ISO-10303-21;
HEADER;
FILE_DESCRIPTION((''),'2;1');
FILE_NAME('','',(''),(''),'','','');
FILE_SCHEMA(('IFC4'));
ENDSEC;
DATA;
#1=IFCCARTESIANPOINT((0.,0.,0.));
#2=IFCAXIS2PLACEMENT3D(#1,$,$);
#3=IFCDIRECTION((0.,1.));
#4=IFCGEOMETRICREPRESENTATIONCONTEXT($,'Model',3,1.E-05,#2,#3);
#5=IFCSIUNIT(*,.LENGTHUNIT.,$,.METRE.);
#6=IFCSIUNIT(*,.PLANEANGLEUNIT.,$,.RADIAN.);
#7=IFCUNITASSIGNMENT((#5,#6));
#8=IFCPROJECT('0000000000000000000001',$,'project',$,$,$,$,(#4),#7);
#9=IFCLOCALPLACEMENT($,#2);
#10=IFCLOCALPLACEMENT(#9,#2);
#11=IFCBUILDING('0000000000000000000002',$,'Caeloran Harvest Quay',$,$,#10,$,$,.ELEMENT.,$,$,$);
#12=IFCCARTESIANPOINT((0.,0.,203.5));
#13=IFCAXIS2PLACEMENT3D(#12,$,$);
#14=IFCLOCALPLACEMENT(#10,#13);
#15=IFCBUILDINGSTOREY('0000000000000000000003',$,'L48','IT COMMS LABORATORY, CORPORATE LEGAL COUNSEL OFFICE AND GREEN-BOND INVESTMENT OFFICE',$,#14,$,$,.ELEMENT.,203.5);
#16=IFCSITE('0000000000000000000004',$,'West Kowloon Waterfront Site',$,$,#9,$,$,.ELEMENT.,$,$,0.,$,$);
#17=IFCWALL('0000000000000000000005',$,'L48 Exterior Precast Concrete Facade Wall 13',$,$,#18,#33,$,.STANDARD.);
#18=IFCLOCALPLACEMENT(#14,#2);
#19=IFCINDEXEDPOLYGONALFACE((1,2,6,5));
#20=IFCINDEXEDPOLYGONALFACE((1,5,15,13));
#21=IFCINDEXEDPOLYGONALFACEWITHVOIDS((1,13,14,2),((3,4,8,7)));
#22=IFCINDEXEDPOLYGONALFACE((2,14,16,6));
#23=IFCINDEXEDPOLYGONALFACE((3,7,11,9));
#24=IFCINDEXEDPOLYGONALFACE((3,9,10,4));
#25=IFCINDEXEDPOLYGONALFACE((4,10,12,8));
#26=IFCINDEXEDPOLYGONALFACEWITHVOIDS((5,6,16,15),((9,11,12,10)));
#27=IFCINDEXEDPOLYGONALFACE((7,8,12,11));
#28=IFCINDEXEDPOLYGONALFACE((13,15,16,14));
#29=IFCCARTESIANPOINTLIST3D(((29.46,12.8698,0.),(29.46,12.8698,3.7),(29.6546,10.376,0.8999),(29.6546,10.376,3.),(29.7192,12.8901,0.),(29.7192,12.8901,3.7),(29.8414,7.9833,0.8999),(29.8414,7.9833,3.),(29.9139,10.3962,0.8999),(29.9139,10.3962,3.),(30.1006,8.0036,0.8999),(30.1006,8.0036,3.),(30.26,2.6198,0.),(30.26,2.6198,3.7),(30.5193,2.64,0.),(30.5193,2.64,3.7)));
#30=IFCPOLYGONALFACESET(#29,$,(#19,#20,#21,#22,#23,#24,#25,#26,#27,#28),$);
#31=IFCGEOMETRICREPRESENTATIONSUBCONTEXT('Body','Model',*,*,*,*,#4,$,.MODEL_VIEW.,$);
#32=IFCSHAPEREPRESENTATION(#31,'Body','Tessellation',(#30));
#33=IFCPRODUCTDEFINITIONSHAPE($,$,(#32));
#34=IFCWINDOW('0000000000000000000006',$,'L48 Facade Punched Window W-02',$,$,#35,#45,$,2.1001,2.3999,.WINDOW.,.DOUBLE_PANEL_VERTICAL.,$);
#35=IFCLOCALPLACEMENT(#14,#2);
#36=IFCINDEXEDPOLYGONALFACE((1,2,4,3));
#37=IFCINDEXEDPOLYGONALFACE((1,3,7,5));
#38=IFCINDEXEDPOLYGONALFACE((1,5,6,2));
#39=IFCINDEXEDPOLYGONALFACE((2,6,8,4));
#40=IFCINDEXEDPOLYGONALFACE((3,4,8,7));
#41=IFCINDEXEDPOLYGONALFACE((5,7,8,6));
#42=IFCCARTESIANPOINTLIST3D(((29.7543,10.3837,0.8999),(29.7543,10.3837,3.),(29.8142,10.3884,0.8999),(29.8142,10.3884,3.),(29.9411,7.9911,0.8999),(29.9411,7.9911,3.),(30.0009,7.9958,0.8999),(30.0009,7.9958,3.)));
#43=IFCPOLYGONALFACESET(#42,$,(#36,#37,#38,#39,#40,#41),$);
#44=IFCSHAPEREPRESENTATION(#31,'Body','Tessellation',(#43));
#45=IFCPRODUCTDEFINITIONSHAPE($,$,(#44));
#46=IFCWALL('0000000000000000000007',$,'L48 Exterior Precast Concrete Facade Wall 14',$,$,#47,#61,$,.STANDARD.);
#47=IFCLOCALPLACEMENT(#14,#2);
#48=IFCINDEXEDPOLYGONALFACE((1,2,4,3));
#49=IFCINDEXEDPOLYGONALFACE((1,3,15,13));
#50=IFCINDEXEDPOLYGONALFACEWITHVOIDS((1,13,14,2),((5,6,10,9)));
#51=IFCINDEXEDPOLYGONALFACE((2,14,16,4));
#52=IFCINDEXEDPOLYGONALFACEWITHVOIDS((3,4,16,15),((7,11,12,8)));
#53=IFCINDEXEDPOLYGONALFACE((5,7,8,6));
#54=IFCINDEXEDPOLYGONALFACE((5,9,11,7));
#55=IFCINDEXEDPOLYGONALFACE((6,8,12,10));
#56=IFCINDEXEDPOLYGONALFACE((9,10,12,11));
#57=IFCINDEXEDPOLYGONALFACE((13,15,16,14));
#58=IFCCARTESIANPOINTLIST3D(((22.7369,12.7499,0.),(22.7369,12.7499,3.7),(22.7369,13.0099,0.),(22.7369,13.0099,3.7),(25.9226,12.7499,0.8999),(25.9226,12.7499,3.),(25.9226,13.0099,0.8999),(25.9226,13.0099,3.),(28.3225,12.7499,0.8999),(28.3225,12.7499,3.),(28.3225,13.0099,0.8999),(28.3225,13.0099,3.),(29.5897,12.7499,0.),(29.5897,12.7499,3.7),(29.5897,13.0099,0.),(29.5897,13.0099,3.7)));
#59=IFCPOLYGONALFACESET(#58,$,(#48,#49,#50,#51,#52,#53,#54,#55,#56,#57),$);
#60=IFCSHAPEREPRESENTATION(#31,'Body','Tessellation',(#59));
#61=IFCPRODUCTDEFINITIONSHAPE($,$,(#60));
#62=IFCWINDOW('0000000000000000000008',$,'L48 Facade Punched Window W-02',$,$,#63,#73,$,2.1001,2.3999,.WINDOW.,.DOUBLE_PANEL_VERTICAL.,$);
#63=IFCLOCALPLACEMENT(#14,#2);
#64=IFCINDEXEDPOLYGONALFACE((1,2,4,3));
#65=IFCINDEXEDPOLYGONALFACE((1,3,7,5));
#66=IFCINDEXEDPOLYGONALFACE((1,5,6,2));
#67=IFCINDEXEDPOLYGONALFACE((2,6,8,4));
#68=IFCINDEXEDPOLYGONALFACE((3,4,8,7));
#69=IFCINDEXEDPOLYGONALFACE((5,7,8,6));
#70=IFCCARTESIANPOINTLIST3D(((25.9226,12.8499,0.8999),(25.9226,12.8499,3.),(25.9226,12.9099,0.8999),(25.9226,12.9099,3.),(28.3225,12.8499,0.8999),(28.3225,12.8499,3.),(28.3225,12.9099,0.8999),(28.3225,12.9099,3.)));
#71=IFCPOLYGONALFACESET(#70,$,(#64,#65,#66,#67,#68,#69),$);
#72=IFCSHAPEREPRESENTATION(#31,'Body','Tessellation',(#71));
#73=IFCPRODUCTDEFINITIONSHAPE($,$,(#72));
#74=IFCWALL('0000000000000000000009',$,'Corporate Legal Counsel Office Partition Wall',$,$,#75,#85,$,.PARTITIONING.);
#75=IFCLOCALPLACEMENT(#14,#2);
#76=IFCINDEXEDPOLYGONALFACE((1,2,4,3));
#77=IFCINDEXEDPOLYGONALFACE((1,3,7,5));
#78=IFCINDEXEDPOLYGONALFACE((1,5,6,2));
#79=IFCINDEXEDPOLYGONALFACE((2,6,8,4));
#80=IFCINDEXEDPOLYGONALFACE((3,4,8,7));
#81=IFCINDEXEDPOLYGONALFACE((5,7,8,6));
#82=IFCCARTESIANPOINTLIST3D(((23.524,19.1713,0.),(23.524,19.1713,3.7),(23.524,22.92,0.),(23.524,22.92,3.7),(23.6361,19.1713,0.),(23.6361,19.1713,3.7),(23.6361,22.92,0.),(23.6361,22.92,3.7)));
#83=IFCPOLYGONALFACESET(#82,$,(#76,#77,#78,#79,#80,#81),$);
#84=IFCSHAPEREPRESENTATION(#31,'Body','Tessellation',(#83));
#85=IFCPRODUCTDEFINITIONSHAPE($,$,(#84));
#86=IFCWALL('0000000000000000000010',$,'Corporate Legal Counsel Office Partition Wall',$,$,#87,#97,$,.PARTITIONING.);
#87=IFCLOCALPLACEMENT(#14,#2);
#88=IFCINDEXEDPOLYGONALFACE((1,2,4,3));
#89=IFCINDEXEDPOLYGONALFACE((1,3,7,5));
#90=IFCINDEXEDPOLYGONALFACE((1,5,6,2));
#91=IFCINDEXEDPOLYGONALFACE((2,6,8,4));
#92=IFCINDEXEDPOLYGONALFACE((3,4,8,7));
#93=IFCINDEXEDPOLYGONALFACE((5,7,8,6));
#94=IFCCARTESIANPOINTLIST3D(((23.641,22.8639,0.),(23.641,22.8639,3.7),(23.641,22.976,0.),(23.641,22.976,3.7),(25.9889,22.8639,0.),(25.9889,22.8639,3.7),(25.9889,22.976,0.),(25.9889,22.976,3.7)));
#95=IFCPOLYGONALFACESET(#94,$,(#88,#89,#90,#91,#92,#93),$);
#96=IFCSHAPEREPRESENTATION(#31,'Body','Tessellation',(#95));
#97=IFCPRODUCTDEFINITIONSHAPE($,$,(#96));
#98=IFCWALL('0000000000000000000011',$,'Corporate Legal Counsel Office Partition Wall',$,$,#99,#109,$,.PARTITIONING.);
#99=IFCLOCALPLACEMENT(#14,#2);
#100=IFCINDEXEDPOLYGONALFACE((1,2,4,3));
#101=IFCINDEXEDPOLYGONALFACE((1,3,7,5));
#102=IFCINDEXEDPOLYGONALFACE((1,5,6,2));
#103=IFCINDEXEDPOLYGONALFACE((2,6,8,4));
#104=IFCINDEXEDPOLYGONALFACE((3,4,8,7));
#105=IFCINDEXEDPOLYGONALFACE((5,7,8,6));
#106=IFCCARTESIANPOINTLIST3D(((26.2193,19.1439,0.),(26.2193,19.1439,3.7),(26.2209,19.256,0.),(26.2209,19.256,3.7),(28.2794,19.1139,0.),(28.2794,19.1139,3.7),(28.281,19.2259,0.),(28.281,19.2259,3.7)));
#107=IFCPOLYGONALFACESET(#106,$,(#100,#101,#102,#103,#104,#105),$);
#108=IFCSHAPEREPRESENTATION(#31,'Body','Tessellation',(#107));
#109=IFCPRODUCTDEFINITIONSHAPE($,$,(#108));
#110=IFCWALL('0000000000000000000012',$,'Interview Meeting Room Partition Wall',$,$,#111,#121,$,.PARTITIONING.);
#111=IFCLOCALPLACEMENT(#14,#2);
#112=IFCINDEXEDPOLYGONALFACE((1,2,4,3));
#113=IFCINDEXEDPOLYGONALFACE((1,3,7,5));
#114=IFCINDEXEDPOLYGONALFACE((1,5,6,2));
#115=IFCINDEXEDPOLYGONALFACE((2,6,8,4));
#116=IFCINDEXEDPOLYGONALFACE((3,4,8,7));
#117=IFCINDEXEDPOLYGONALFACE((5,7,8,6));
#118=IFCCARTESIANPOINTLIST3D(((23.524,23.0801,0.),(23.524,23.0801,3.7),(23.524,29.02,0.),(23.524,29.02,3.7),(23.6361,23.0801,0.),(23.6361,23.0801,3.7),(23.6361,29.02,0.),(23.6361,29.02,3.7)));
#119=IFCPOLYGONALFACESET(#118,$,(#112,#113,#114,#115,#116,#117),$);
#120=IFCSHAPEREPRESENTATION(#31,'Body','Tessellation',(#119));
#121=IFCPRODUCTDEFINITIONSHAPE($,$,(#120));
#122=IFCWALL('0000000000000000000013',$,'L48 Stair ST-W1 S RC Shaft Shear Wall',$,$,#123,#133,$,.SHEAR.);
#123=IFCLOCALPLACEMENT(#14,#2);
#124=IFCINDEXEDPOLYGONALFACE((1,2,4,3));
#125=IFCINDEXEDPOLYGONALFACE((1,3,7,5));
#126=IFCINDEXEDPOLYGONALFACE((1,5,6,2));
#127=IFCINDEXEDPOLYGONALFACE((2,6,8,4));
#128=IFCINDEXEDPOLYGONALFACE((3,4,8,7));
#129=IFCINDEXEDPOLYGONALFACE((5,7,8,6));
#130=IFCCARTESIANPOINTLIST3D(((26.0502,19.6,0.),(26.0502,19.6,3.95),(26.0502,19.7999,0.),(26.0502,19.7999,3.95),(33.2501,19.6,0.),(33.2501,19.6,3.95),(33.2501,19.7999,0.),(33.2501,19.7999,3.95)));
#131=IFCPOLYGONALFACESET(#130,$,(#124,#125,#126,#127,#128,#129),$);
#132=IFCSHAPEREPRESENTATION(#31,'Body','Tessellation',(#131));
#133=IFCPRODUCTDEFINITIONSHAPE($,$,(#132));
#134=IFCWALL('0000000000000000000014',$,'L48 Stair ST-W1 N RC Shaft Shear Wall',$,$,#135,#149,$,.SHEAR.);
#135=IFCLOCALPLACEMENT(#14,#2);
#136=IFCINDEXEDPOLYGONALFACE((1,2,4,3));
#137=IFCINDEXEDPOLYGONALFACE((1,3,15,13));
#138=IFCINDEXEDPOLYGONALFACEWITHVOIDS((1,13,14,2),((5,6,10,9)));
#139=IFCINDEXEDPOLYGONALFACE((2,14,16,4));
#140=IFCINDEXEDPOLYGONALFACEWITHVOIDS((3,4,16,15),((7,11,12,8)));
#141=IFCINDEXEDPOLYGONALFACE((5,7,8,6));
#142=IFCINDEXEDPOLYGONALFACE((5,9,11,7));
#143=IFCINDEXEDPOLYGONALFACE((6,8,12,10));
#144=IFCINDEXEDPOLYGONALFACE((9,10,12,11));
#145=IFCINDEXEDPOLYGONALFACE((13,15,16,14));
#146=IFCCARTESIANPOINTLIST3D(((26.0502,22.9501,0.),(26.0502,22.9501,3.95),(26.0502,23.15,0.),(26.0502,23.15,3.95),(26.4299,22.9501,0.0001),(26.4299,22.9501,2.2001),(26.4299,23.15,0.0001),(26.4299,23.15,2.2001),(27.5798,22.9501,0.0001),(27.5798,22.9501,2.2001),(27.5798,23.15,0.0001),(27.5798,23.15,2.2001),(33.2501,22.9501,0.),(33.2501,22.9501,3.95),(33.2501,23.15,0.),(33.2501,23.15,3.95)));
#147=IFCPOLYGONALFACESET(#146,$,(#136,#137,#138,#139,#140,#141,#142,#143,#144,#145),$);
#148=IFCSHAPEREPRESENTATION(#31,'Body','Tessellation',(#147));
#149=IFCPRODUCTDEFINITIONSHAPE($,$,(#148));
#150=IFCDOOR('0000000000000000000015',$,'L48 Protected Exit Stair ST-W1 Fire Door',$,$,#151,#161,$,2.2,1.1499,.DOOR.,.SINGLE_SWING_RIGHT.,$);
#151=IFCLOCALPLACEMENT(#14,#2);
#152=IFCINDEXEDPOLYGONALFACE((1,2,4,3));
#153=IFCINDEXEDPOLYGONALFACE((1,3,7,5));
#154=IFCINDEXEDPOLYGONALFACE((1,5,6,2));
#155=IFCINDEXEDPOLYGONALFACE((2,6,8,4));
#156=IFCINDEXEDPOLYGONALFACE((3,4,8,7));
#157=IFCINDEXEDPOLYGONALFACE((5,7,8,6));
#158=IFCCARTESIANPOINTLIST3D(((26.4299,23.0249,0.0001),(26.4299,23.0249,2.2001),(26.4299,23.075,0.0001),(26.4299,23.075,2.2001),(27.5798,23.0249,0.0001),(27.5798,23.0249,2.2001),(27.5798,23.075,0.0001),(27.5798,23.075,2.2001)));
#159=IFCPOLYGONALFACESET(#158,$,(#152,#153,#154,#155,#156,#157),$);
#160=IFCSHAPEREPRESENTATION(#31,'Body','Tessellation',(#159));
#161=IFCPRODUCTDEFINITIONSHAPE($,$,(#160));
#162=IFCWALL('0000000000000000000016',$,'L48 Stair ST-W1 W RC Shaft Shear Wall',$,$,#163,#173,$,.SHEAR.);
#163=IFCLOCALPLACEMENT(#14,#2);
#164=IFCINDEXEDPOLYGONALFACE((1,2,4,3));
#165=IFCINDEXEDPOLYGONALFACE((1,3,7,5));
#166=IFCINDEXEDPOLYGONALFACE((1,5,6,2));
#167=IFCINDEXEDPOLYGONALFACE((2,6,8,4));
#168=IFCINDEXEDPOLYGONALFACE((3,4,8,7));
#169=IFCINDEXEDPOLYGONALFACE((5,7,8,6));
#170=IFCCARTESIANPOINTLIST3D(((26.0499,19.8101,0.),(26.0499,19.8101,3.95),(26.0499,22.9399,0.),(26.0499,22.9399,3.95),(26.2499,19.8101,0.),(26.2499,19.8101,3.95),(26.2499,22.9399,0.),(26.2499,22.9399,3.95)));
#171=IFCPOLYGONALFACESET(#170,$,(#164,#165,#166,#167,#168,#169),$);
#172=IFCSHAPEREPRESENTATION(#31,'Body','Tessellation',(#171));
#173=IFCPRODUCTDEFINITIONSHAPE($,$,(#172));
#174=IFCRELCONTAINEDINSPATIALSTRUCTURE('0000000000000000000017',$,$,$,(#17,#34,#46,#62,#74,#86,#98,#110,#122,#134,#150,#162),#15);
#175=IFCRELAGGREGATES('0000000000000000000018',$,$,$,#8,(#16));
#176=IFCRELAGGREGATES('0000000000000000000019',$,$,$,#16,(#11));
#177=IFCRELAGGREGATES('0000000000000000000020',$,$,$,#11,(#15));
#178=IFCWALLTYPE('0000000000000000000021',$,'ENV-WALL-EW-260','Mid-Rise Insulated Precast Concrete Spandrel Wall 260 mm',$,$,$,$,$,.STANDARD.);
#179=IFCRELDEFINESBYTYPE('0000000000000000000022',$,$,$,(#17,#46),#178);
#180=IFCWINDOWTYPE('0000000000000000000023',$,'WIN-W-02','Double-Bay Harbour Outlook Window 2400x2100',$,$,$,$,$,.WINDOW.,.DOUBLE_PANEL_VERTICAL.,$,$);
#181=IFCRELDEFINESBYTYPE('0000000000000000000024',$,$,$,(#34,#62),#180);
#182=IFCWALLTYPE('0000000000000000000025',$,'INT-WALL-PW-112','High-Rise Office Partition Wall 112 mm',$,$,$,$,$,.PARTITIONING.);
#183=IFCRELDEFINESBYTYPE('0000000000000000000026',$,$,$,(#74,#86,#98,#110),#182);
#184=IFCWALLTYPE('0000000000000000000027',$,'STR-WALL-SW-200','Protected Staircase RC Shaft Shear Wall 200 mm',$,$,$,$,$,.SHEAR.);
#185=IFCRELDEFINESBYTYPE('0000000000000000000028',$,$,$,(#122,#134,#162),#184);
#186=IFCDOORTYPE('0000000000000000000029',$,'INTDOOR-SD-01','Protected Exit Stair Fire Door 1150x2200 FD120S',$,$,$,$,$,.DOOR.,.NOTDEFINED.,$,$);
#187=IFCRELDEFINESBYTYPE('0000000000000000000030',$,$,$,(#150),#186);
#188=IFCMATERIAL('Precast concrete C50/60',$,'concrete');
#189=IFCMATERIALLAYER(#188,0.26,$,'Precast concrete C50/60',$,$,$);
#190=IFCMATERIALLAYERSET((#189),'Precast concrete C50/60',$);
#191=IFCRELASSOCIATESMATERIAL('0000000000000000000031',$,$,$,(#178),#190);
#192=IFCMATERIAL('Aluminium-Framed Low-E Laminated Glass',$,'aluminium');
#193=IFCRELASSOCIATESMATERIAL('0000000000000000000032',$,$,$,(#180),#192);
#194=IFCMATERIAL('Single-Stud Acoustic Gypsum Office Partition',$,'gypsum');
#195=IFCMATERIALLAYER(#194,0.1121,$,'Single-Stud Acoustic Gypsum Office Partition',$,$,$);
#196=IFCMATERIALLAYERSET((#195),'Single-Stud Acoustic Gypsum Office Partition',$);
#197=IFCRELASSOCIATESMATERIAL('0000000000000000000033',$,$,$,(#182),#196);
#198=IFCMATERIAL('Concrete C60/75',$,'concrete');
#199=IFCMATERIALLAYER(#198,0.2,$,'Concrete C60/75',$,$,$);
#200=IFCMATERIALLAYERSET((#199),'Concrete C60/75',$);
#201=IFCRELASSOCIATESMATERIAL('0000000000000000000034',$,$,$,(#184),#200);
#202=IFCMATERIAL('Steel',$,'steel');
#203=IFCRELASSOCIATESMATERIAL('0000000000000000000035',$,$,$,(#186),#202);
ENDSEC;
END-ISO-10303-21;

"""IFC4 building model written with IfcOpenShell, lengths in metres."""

from ifc_helpers import new_model, si_unit, direction, frame, frame_2d, origin, place, context, subcontext, project, spatial, rectangle, extrude, material, layer, layer_set, type_object, element, fill, save


model = new_model("IFC4")

# Units and contexts
model_context = context("Model", 3, precision=1e-05, world=origin(), true_north=direction((0.0, 1.0)))
body_context = subcontext(model_context, "Body", "Model", "MODEL_VIEW")
ifc_project = project(units=[si_unit("LENGTHUNIT", "METRE"), si_unit("PLANEANGLEUNIT", "RADIAN")], contexts=[model_context])

# Site, building, storey
site_placement = place(None, origin())
site = spatial("IfcSite", under=ifc_project, at=site_placement, Name="West Kowloon Waterfront Site", CompositionType="ELEMENT", RefElevation=0.0)
building_placement = place(site_placement, origin())
building = spatial("IfcBuilding", under=site, at=building_placement, Name="Caeloran Harvest Quay", CompositionType="ELEMENT")
storey_placement = place(building_placement, frame((0.0, 0.0, 203.5)))
storey = spatial("IfcBuildingStorey", under=building, at=storey_placement, Name="L48", Description="IT COMMS LABORATORY, CORPORATE LEGAL COUNSEL OFFICE AND GREEN-BOND INVESTMENT OFFICE", CompositionType="ELEMENT", Elevation=203.5)

# Walls, openings, windows
ifc_material_1 = material(Name="Precast concrete C50/60", Category="concrete")
ifc_layer_1 = layer(ifc_material_1, 0.26, Name="Precast concrete C50/60")
ifc_layer_set_1 = layer_set([ifc_layer_1], Name="Precast concrete C50/60")
wall_type_1 = type_object("IfcWallType", Name="ENV-WALL-EW-260", Description="Mid-Rise Insulated Precast Concrete Spandrel Wall 260 mm", PredefinedType="STANDARD", material=ifc_layer_set_1)
wall_1_placement = place(storey_placement, frame((30.3896, 2.6299, 0.0), z_axis=(0.0, 0.0, 1.0), x_axis=(-0.077817, 0.996968, 0.0)))
wall_1 = element("IfcWall", 1, at=wall_1_placement, inside=storey, type_object=wall_type_1, Name="L48 Exterior Precast Concrete Facade Wall 13", PredefinedType="STANDARD", context=body_context, shape_type="SweptSolid", body=[
    extrude(rectangle(XDim=10.2812, YDim=0.26, at=frame_2d((5.1406, 0.0))), origin(), (0.0, 0.0, 1.0), 3.7),
])
opening_1_placement = place(wall_1_placement, frame((5.3799, 0.0, 0.8999)))
opening_1 = element("IfcOpeningElement", 2, at=opening_1_placement, cuts=wall_1, PredefinedType="OPENING", context=body_context, shape_type="SweptSolid", body=[
    extrude(rectangle(XDim=2.3999, YDim=2.1001, at=frame_2d((1.2, 1.05))), frame((0.0, 0.1401, 0.0), z_axis=(0.0, -1.0, 0.0), x_axis=(1.0, 0.0, 0.0)), (0.0, 0.0, 1.0), 0.28),
])
ifc_material_2 = material(Name="Aluminium-Framed Low-E Laminated Glass", Category="aluminium")
window_type = type_object("IfcWindowType", Name="WIN-W-02", Description="Double-Bay Harbour Outlook Window 2400x2100", PartitioningType="DOUBLE_PANEL_VERTICAL", PredefinedType="WINDOW", material=ifc_material_2)
window_1_placement = place(opening_1_placement, origin())
window_1 = element("IfcWindow", 3, at=window_1_placement, inside=storey, type_object=window_type, Name="L48 Facade Punched Window W-02", OverallHeight=2.1001, OverallWidth=2.3999, PartitioningType="DOUBLE_PANEL_VERTICAL", PredefinedType="WINDOW", context=body_context, shape_type="SweptSolid", body=[
    extrude(rectangle(XDim=2.3999, YDim=2.1001, at=frame_2d((1.2, 1.05))), frame((0.0, 0.03, 0.0), z_axis=(0.0, -1.0, 0.0), x_axis=(1.0, 0.0, 0.0)), (0.0, 0.0, 1.0), 0.0601),
])
fill(opening_1, window_1)
wall_2_placement = place(storey_placement, frame((29.5896, 12.8799, 0.0), z_axis=(0.0, 0.0, 1.0), x_axis=(-1.0, 0.0, 0.0)))
wall_2 = element("IfcWall", 4, at=wall_2_placement, inside=storey, type_object=wall_type_1, Name="L48 Exterior Precast Concrete Facade Wall 14", PredefinedType="STANDARD", context=body_context, shape_type="SweptSolid", body=[
    extrude(rectangle(XDim=6.8528, YDim=0.26, at=frame_2d((3.4263, 0.0))), origin(), (0.0, 0.0, 1.0), 3.7),
])
opening_2_placement = place(wall_2_placement, frame((1.2671, 0.0, 0.8999)))
opening_2 = element("IfcOpeningElement", 5, at=opening_2_placement, cuts=wall_2, PredefinedType="OPENING", context=body_context, shape_type="SweptSolid", body=[
    extrude(rectangle(XDim=2.3999, YDim=2.1001, at=frame_2d((1.2, 1.05))), frame((0.0, 0.1401, 0.0), z_axis=(0.0, -1.0, 0.0), x_axis=(1.0, 0.0, 0.0)), (0.0, 0.0, 1.0), 0.28),
])
window_2_placement = place(opening_2_placement, origin())
window_2 = element("IfcWindow", 6, at=window_2_placement, inside=storey, type_object=window_type, Name="L48 Facade Punched Window W-02", OverallHeight=2.1001, OverallWidth=2.3999, PartitioningType="DOUBLE_PANEL_VERTICAL", PredefinedType="WINDOW", context=body_context, shape_type="SweptSolid", body=[
    extrude(rectangle(XDim=2.3999, YDim=2.1001, at=frame_2d((1.2, 1.05))), frame((0.0, 0.03, 0.0), z_axis=(0.0, -1.0, 0.0), x_axis=(1.0, 0.0, 0.0)), (0.0, 0.0, 1.0), 0.0601),
])
fill(opening_2, window_2)

# Walls
ifc_material_3 = material(Name="Single-Stud Acoustic Gypsum Office Partition", Category="gypsum")
ifc_layer_2 = layer(ifc_material_3, 0.1121, Name="Single-Stud Acoustic Gypsum Office Partition")
ifc_layer_set_2 = layer_set([ifc_layer_2], Name="Single-Stud Acoustic Gypsum Office Partition")
wall_type_2 = type_object("IfcWallType", Name="INT-WALL-PW-112", Description="High-Rise Office Partition Wall 112 mm", PredefinedType="PARTITIONING", material=ifc_layer_set_2)
wall_3_placement = place(storey_placement, frame((23.5801, 19.1711, 0.0), z_axis=(0.0, 0.0, 1.0), x_axis=(0.0, 1.0, 0.0)))
element("IfcWall", 7, at=wall_3_placement, inside=storey, type_object=wall_type_2, Name="Corporate Legal Counsel Office Partition Wall", PredefinedType="PARTITIONING", context=body_context, shape_type="SweptSolid", body=[
    extrude(rectangle(XDim=3.7488, YDim=0.1121, at=frame_2d((1.8745, 0.0))), origin(), (0.0, 0.0, 1.0), 3.7),
])
wall_4_placement = place(storey_placement, frame((23.6411, 22.9199, 0.0), z_axis=(0.0, 0.0, 1.0), x_axis=(1.0, 0.0, 0.0)))
element("IfcWall", 8, at=wall_4_placement, inside=storey, type_object=wall_type_2, Name="Corporate Legal Counsel Office Partition Wall", PredefinedType="PARTITIONING", context=body_context, shape_type="SweptSolid", body=[
    extrude(rectangle(XDim=2.3479, YDim=0.1121, at=frame_2d((1.1738, 0.0))), origin(), (0.0, 0.0, 1.0), 3.7),
])
wall_5_placement = place(storey_placement, frame((26.22, 19.2, 0.0), z_axis=(0.0, 0.0, 1.0), x_axis=(0.999894, -0.014575, 0.0)))
element("IfcWall", 9, at=wall_5_placement, inside=storey, type_object=wall_type_2, Name="Corporate Legal Counsel Office Partition Wall", PredefinedType="PARTITIONING", context=body_context, shape_type="SweptSolid", body=[
    extrude(rectangle(XDim=2.0603, YDim=0.1121, at=frame_2d((1.0303, 0.0))), origin(), (0.0, 0.0, 1.0), 3.7),
])
wall_6_placement = place(storey_placement, frame((23.5801, 23.0801, 0.0), z_axis=(0.0, 0.0, 1.0), x_axis=(0.0, 1.0, 0.0)))
element("IfcWall", 10, at=wall_6_placement, inside=storey, type_object=wall_type_2, Name="Interview Meeting Room Partition Wall", PredefinedType="PARTITIONING", context=body_context, shape_type="SweptSolid", body=[
    extrude(rectangle(XDim=5.9399, YDim=0.1121, at=frame_2d((2.97, 0.0))), origin(), (0.0, 0.0, 1.0), 3.7),
])
ifc_material_4 = material(Name="Concrete C60/75", Category="concrete")
ifc_layer_3 = layer(ifc_material_4, 0.2, Name="Concrete C60/75")
ifc_layer_set_3 = layer_set([ifc_layer_3], Name="Concrete C60/75")
wall_type_3 = type_object("IfcWallType", Name="STR-WALL-SW-200", Description="Protected Staircase RC Shaft Shear Wall 200 mm", PredefinedType="SHEAR", material=ifc_layer_set_3)
wall_7_placement = place(storey_placement, frame((26.05, 19.7, 0.0), z_axis=(0.0, 0.0, 1.0), x_axis=(1.0, 0.0, 0.0)))
element("IfcWall", 11, at=wall_7_placement, inside=storey, type_object=wall_type_3, Name="L48 Stair ST-W1 S RC Shaft Shear Wall", PredefinedType="SHEAR", context=body_context, shape_type="SweptSolid", body=[
    extrude(rectangle(XDim=7.2, YDim=0.2, at=frame_2d((3.6001, 0.0))), origin(), (0.0, 0.0, 1.0), 3.95),
])

# Wall, opening, door
wall_8_placement = place(storey_placement, frame((26.05, 23.05, 0.0), z_axis=(0.0, 0.0, 1.0), x_axis=(1.0, 0.0, 0.0)))
wall_8 = element("IfcWall", 12, at=wall_8_placement, inside=storey, type_object=wall_type_3, Name="L48 Stair ST-W1 N RC Shaft Shear Wall", PredefinedType="SHEAR", context=body_context, shape_type="SweptSolid", body=[
    extrude(rectangle(XDim=7.2, YDim=0.2, at=frame_2d((3.6001, 0.0))), origin(), (0.0, 0.0, 1.0), 3.95),
])
opening_3_placement = place(wall_8_placement, frame((0.3799, 0.0, 0.0)))
opening_3 = element("IfcOpeningElement", 13, at=opening_3_placement, cuts=wall_8, PredefinedType="OPENING", context=body_context, shape_type="SweptSolid", body=[
    extrude(rectangle(XDim=1.1499, YDim=2.2, at=frame_2d((0.575, 1.1001))), frame((0.0, 0.1099, 0.0), z_axis=(0.0, -1.0, 0.0), x_axis=(1.0, 0.0, 0.0)), (0.0, 0.0, 1.0), 0.22),
])
ifc_material_5 = material(Name="Steel", Category="steel")
door_type = type_object("IfcDoorType", Name="INTDOOR-SD-01", Description="Protected Exit Stair Fire Door 1150x2200 FD120S", OperationType="NOTDEFINED", PredefinedType="DOOR", material=ifc_material_5)
door_placement = place(opening_3_placement, origin())
door = element("IfcDoor", 14, at=door_placement, inside=storey, type_object=door_type, Name="L48 Protected Exit Stair ST-W1 Fire Door", OperationType="SINGLE_SWING_RIGHT", OverallHeight=2.2, OverallWidth=1.1499, PredefinedType="DOOR", context=body_context, shape_type="SweptSolid", body=[
    extrude(rectangle(XDim=1.1499, YDim=2.2, at=frame_2d((0.575, 1.1001))), frame((0.0, 0.0249, 0.0), z_axis=(0.0, -1.0, 0.0), x_axis=(1.0, 0.0, 0.0)), (0.0, 0.0, 1.0), 0.05),
])
fill(opening_3, door)

# Wall
for number, where, z_axis, x_axis, name in (
    (15, (26.1499, 19.8101, 0.0), (0.0, 0.0, 1.0), (0.0, 1.0, 0.0), "L48 Stair ST-W1 W RC Shaft Shear Wall"),
):
    element("IfcWall", number, at=place(storey_placement, frame(where, z_axis=z_axis, x_axis=x_axis)), inside=storey, type_object=wall_type_3, Name=name, PredefinedType="SHEAR", context=body_context, shape_type="SweptSolid", body=[
        extrude(rectangle(XDim=3.1299, YDim=0.2, at=frame_2d((1.5649, 0.0))), origin(), (0.0, 0.0, 1.0), 3.95),
    ])

save(model, "model.ifc")
